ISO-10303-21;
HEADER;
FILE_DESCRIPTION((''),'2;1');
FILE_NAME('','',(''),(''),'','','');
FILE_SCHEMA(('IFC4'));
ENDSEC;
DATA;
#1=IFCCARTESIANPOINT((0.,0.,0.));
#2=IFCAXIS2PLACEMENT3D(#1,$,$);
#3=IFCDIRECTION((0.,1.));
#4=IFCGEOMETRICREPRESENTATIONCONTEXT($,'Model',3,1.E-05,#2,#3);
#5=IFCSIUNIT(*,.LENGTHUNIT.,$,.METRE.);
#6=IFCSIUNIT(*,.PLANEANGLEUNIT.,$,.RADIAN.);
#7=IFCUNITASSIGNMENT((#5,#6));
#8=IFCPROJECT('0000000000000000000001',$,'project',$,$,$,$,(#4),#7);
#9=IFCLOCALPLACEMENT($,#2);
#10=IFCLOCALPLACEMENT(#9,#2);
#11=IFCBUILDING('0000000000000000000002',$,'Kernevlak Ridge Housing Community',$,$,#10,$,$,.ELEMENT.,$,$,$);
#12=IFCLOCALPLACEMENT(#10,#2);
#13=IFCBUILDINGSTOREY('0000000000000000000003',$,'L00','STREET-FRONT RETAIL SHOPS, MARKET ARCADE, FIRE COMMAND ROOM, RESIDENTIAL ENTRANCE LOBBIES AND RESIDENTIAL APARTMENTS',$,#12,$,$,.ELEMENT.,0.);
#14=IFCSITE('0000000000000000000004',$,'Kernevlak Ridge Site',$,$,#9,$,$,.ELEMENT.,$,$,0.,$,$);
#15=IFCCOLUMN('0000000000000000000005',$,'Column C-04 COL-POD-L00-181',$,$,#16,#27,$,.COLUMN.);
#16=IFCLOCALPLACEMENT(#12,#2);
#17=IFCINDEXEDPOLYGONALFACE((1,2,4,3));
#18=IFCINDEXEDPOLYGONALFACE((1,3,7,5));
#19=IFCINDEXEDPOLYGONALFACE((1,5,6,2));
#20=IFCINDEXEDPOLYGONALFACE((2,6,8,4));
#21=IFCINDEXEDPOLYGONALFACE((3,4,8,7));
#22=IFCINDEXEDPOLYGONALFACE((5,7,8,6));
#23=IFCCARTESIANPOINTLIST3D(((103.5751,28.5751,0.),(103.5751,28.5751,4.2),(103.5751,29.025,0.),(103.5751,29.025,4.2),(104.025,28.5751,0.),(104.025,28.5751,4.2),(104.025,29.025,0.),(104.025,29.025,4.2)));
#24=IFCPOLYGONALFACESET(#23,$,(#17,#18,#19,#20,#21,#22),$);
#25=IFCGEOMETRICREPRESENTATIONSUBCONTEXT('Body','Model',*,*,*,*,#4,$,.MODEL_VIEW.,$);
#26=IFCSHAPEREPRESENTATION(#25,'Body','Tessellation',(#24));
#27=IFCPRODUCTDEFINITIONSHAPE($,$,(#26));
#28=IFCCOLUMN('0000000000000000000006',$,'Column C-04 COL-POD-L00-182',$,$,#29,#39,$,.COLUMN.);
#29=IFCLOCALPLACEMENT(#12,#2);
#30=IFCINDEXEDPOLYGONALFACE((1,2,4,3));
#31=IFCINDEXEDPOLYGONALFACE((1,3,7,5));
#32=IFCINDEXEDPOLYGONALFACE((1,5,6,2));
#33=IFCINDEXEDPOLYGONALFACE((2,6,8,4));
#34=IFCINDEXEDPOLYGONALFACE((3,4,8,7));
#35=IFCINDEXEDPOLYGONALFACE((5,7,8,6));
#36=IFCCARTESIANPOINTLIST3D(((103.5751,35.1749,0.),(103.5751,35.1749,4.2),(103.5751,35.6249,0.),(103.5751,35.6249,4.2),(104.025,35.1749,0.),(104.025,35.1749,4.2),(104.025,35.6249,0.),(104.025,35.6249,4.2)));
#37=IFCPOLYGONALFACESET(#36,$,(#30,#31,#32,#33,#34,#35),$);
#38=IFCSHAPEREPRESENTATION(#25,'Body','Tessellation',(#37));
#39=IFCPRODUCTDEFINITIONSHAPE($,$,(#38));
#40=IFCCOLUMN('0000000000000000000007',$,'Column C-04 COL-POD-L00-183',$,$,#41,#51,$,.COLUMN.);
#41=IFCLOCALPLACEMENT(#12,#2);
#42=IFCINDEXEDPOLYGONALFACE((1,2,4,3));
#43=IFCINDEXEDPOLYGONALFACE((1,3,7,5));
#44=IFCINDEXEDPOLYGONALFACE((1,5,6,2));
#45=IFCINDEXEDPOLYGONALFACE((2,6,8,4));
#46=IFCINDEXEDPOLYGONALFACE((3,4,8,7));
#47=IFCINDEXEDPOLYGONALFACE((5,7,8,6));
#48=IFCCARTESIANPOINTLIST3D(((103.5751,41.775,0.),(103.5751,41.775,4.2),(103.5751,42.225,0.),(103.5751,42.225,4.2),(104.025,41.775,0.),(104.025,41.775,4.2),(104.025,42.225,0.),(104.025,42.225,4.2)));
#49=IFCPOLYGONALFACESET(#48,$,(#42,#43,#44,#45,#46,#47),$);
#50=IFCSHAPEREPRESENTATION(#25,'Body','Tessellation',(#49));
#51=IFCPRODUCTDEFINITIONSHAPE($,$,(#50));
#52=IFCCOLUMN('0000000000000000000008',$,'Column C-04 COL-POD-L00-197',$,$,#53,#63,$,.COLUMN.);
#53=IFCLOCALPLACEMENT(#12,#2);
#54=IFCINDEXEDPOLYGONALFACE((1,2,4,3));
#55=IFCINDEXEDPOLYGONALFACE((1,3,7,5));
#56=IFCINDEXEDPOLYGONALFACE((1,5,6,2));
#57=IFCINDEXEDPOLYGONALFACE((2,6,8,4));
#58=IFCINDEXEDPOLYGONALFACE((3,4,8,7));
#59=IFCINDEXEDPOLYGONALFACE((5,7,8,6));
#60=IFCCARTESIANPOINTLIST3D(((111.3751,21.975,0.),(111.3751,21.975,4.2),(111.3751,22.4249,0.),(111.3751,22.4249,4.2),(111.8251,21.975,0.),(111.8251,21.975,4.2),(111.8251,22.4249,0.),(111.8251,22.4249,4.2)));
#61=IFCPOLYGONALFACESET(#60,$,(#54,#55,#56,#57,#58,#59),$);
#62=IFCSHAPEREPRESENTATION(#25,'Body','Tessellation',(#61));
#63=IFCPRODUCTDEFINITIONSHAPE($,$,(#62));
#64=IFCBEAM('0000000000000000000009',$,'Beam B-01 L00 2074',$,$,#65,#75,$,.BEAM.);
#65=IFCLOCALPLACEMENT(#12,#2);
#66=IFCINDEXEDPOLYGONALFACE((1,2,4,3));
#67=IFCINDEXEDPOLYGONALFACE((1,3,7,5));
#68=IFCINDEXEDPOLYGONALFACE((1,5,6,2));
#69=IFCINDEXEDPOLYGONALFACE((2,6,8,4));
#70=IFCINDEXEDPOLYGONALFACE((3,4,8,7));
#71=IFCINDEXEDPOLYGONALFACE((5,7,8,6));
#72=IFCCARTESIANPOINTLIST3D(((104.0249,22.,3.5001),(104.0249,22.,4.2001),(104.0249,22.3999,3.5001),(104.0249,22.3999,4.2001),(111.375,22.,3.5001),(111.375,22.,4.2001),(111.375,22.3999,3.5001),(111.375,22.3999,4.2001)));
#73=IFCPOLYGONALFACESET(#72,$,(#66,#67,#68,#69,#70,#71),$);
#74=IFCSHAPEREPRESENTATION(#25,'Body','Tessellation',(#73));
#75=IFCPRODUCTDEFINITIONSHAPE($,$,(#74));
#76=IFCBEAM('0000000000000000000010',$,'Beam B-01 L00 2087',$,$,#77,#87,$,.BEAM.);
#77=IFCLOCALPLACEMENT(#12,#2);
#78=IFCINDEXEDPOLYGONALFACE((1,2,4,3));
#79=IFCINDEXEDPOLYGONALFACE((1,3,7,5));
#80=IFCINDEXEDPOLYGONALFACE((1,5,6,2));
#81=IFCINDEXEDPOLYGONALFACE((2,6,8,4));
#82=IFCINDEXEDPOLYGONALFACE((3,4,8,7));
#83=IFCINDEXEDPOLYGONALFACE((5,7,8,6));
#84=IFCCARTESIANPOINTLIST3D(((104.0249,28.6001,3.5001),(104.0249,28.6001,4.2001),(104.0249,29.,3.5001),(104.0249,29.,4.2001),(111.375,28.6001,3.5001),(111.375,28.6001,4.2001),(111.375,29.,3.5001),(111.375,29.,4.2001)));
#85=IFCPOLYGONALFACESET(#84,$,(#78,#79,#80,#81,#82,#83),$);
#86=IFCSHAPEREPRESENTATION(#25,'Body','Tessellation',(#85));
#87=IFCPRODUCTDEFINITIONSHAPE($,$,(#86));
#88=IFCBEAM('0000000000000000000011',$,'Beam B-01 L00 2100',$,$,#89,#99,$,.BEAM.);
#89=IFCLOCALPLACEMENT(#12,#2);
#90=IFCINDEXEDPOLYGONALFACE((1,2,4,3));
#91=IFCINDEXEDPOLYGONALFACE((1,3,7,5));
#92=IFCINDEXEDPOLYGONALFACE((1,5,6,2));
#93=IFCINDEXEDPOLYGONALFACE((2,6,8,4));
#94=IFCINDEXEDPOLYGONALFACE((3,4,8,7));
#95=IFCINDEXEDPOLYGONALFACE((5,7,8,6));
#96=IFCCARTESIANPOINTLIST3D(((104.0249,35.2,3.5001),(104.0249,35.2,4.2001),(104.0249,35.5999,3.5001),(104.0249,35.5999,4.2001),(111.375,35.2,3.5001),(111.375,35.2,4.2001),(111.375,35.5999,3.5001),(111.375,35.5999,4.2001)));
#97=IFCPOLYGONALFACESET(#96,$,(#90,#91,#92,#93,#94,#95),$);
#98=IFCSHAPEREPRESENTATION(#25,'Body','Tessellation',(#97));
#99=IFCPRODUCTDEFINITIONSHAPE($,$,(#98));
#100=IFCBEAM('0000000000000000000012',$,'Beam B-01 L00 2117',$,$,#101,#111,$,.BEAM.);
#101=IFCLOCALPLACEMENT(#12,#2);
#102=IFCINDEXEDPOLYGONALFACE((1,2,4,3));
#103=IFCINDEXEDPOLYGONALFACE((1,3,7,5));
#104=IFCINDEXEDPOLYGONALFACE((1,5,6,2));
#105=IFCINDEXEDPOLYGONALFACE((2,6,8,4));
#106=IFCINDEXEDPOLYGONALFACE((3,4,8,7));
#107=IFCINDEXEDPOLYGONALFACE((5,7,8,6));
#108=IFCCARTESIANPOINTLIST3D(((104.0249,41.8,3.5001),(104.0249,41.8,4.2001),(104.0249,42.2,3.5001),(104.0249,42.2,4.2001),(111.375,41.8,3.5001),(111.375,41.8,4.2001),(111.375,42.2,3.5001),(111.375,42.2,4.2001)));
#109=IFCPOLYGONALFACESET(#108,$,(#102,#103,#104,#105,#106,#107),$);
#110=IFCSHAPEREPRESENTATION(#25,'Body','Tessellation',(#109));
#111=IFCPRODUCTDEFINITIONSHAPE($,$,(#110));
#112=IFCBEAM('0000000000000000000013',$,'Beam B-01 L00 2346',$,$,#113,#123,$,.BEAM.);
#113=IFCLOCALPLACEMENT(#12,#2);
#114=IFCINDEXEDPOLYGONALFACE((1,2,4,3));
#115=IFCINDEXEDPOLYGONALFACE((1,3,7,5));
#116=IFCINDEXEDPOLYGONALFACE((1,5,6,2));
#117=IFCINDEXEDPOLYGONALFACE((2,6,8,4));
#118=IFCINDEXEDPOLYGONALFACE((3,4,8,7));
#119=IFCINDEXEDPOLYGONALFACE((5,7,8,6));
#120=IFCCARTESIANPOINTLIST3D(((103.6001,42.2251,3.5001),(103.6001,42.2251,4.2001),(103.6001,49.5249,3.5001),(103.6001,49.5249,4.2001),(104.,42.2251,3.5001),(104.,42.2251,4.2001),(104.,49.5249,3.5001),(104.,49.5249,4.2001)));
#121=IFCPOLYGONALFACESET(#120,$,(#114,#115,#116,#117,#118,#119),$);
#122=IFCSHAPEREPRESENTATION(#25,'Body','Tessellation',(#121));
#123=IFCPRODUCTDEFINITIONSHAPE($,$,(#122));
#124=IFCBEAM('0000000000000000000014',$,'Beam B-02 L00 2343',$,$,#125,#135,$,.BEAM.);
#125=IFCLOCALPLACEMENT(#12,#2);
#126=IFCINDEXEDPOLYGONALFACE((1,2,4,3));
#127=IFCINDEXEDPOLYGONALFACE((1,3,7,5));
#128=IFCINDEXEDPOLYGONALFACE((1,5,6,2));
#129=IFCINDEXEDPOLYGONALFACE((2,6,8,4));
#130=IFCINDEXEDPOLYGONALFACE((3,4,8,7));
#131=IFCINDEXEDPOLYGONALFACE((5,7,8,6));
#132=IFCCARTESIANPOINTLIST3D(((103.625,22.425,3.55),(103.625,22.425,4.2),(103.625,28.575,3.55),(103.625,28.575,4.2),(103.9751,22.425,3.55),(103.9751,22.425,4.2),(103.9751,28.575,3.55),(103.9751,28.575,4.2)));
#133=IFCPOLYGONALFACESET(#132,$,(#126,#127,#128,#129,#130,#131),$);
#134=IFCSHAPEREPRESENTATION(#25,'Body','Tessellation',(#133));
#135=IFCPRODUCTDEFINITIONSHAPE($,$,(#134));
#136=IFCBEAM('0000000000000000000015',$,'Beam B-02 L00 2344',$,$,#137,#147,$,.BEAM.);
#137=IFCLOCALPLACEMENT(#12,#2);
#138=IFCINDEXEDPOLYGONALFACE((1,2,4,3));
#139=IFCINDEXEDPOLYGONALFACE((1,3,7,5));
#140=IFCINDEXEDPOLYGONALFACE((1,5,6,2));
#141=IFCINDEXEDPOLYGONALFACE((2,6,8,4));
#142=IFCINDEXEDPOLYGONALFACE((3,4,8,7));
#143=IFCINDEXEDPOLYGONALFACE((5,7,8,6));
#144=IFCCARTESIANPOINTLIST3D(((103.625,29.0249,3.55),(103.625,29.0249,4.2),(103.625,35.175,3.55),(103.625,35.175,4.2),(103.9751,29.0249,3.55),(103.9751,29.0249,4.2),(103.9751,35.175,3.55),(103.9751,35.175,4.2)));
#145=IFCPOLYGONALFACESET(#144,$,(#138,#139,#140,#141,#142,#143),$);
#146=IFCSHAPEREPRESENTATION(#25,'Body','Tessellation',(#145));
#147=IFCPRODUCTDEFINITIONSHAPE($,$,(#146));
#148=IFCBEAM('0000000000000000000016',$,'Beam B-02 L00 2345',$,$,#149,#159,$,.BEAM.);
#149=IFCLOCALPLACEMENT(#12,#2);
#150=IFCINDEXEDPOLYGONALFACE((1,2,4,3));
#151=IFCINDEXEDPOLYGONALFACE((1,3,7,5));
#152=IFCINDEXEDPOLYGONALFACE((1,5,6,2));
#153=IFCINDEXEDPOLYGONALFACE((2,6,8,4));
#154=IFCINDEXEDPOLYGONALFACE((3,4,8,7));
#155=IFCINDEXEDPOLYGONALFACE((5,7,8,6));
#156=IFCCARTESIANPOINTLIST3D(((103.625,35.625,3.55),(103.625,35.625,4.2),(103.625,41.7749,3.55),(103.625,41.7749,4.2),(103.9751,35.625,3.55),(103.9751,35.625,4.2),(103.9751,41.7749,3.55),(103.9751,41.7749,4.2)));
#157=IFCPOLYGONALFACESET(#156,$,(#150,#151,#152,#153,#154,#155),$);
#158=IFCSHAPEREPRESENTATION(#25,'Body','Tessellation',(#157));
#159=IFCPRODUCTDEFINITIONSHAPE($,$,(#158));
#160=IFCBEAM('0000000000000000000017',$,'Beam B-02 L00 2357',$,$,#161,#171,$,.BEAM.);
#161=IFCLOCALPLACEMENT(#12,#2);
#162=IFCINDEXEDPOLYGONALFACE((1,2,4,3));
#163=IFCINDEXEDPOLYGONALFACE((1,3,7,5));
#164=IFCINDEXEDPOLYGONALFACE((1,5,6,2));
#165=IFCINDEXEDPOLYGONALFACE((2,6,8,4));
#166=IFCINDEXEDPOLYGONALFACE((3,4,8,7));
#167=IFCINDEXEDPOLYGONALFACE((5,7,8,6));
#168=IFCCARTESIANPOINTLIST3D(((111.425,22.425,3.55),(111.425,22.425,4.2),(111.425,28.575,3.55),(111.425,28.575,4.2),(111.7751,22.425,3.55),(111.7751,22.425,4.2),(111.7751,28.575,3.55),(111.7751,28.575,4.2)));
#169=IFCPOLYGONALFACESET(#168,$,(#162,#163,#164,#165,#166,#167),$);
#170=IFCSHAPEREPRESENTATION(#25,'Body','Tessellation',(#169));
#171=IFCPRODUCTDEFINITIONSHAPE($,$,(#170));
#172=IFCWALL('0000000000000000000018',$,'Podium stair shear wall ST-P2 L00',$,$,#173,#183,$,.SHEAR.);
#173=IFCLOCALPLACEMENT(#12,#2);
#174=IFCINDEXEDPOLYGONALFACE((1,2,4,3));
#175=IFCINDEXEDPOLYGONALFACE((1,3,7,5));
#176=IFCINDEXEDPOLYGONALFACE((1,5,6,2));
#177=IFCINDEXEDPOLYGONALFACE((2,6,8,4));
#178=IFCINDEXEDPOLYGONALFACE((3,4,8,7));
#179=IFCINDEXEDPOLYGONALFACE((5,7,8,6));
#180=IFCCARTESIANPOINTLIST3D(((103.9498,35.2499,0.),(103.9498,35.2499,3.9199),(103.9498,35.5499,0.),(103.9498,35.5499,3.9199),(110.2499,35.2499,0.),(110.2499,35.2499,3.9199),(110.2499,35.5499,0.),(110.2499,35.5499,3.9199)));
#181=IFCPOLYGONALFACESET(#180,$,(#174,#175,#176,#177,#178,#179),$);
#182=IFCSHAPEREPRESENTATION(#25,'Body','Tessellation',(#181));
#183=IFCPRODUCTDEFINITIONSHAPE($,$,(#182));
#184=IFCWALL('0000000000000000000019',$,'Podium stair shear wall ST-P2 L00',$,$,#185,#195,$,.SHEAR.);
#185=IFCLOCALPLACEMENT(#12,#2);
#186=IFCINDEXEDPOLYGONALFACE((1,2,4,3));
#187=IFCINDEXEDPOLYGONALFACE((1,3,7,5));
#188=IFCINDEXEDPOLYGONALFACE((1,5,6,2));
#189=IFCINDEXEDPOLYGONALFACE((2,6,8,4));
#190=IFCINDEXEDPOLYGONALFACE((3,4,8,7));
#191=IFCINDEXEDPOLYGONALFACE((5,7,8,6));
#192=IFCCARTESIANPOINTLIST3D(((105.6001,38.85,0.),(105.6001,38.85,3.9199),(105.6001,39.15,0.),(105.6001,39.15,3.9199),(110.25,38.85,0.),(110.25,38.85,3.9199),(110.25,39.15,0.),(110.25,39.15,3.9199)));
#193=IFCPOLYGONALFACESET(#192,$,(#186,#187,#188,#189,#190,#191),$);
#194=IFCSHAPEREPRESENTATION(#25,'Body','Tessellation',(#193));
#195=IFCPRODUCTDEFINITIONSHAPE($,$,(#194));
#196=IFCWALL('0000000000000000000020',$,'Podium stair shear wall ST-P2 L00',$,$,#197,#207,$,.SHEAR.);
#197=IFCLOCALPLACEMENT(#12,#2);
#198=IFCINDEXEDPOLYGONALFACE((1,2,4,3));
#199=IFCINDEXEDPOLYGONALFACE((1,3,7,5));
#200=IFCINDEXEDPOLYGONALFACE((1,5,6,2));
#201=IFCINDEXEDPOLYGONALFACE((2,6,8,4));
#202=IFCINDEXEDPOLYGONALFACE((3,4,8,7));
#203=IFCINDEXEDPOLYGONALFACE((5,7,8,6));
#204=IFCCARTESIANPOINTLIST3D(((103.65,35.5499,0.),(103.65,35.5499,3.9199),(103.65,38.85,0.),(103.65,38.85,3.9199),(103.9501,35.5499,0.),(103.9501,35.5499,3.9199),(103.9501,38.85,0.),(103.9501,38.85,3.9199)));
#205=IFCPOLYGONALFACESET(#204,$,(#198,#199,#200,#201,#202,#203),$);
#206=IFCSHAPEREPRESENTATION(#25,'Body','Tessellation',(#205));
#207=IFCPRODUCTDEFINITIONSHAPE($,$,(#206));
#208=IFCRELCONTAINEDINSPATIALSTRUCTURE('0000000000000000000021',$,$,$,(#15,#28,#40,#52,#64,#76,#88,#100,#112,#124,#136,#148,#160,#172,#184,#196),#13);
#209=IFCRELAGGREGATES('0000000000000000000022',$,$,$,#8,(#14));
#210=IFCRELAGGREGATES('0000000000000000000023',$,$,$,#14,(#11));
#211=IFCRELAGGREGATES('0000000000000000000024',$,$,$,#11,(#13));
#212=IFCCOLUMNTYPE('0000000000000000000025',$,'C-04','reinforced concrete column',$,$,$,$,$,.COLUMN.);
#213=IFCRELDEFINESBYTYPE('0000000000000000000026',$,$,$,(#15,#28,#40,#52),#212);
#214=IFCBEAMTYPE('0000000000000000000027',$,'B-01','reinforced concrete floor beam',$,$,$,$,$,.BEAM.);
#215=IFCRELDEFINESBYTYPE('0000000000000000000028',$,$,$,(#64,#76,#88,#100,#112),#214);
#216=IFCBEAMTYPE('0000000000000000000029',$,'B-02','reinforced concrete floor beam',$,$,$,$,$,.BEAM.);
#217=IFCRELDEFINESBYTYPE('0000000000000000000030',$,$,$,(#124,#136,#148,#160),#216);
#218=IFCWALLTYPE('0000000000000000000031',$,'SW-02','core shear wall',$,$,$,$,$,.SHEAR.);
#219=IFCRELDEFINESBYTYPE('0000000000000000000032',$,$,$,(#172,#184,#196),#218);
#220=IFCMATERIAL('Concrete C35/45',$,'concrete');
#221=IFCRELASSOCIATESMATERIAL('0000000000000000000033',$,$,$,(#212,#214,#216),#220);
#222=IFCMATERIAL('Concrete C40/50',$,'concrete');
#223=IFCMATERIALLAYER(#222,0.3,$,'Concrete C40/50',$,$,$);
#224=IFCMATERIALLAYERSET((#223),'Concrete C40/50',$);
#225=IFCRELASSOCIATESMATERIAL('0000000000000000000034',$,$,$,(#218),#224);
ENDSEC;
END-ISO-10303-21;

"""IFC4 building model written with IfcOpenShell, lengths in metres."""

from ifc_helpers import new_model, si_unit, direction, frame, frame_2d, origin, origin_2d, place, context, subcontext, project, spatial, rectangle, extrude, material, layer, layer_set, material_profile, profile_set, type_object, element, save


model = new_model("IFC4")

# Units and contexts
model_context = context("Model", 3, precision=1e-05, world=origin(), true_north=direction((0.0, 1.0)))
body_context = subcontext(model_context, "Body", "Model", "MODEL_VIEW")
ifc_project = project(units=[si_unit("LENGTHUNIT", "METRE"), si_unit("PLANEANGLEUNIT", "RADIAN")], contexts=[model_context])

# Site, building, storey
site_placement = place(None, origin())
site = spatial("IfcSite", under=ifc_project, at=site_placement, Name="Kernevlak Ridge Site", CompositionType="ELEMENT", RefElevation=0.0)
building_placement = place(site_placement, origin())
building = spatial("IfcBuilding", under=site, at=building_placement, Name="Kernevlak Ridge Housing Community", CompositionType="ELEMENT")
storey_placement = place(building_placement, origin())
storey = spatial("IfcBuildingStorey", under=building, at=storey_placement, Name="L00", Description="STREET-FRONT RETAIL SHOPS, MARKET ARCADE, FIRE COMMAND ROOM, RESIDENTIAL ENTRANCE LOBBIES AND RESIDENTIAL APARTMENTS", CompositionType="ELEMENT", Elevation=0.0)

# Columns
ifc_material_1 = material(Name="Concrete C35/45", Category="concrete")
ifc_material_profile_1 = material_profile(ifc_material_1, rectangle(XDim=0.45, YDim=0.45, at=origin_2d()), Name="RC 450x450")
ifc_profile_set_1 = profile_set([ifc_material_profile_1], Name="Concrete C35/45")
column_type = type_object("IfcColumnType", Name="C-04", Description="reinforced concrete column", PredefinedType="COLUMN", material=ifc_profile_set_1)
for number, where, z_axis, x_axis, name in (
    (1, (103.8, 28.8, 0.0), (0.0, 0.0, 1.0), (1.0, 0.0, 0.0), "Column C-04 COL-POD-L00-181"),
    (2, (103.8, 35.3999, 0.0), (0.0, 0.0, 1.0), (1.0, 0.0, 0.0), "Column C-04 COL-POD-L00-182"),
    (3, (103.8, 42.0, 0.0), (0.0, 0.0, 1.0), (1.0, 0.0, 0.0), "Column C-04 COL-POD-L00-183"),
    (4, (111.6001, 22.2, 0.0), (0.0, 0.0, 1.0), (1.0, 0.0, 0.0), "Column C-04 COL-POD-L00-197"),
):
    element("IfcColumn", number, at=place(storey_placement, frame(where, z_axis=z_axis, x_axis=x_axis)), inside=storey, type_object=column_type, Name=name, PredefinedType="COLUMN", context=body_context, shape_type="SweptSolid", body=[
        extrude(rectangle(XDim=0.45, YDim=0.45, at=origin_2d()), origin(), (0.0, 0.0, 1.0), 4.2),
    ])

# Beams
ifc_material_profile_2 = material_profile(ifc_material_1, rectangle(XDim=0.3999, YDim=0.7, at=origin_2d()), Name="RC 400x700")
ifc_profile_set_2 = profile_set([ifc_material_profile_2], Name="Concrete C35/45")
beam_type_1 = type_object("IfcBeamType", Name="B-01", Description="reinforced concrete floor beam", PredefinedType="BEAM", material=ifc_profile_set_2)
for number, where, z_axis, x_axis, name in (
    (5, (104.0249, 22.2, 3.8501), (1.0, 0.0, 0.0), (0.0, 1.0, 0.0), "Beam B-01 L00 2074"),
    (6, (104.0249, 28.8, 3.8501), (1.0, 0.0, 0.0), (0.0, 1.0, 0.0), "Beam B-01 L00 2087"),
    (7, (104.0249, 35.3999, 3.8501), (1.0, 0.0, 0.0), (0.0, 1.0, 0.0), "Beam B-01 L00 2100"),
    (8, (104.0249, 42.0, 3.8501), (1.0, 0.0, 0.0), (0.0, 1.0, 0.0), "Beam B-01 L00 2117"),
):
    element("IfcBeam", number, at=place(storey_placement, frame(where, z_axis=z_axis, x_axis=x_axis)), inside=storey, type_object=beam_type_1, Name=name, PredefinedType="BEAM", context=body_context, shape_type="SweptSolid", body=[
        extrude(rectangle(XDim=0.3999, YDim=0.7, at=origin_2d()), origin(), (0.0, 0.0, 1.0), 7.3501),
    ])
beam_1_placement = place(storey_placement, frame((103.8, 42.2251, 3.8501), z_axis=(0.0, 1.0, 0.0), x_axis=(-1.0, 0.0, 0.0)))
element("IfcBeam", 9, at=beam_1_placement, inside=storey, type_object=beam_type_1, Name="Beam B-01 L00 2346", PredefinedType="BEAM", context=body_context, shape_type="SweptSolid", body=[
    extrude(rectangle(XDim=0.3999, YDim=0.7, at=origin_2d()), origin(), (0.0, 0.0, 1.0), 7.2998),
])
ifc_material_profile_3 = material_profile(ifc_material_1, rectangle(XDim=0.3501, YDim=0.6499, at=origin_2d()), Name="RC 350x650")
ifc_profile_set_3 = profile_set([ifc_material_profile_3], Name="Concrete C35/45")
beam_type_2 = type_object("IfcBeamType", Name="B-02", Description="reinforced concrete floor beam", PredefinedType="BEAM", material=ifc_profile_set_3)
beam_2_placement = place(storey_placement, frame((103.8, 22.425, 3.875), z_axis=(0.0, 1.0, 0.0), x_axis=(-1.0, 0.0, 0.0)))
element("IfcBeam", 10, at=beam_2_placement, inside=storey, type_object=beam_type_2, Name="Beam B-02 L00 2343", PredefinedType="BEAM", context=body_context, shape_type="SweptSolid", body=[
    extrude(rectangle(XDim=0.3501, YDim=0.6499, at=origin_2d()), origin(), (0.0, 0.0, 1.0), 6.1499),
])
beam_3_placement = place(storey_placement, frame((103.8, 29.0249, 3.875), z_axis=(0.0, 1.0, 0.0), x_axis=(-1.0, 0.0, 0.0)))
element("IfcBeam", 11, at=beam_3_placement, inside=storey, type_object=beam_type_2, Name="Beam B-02 L00 2344", PredefinedType="BEAM", context=body_context, shape_type="SweptSolid", body=[
    extrude(rectangle(XDim=0.3501, YDim=0.6499, at=origin_2d()), origin(), (0.0, 0.0, 1.0), 6.1501),
])
for number, where, z_axis, x_axis, name in (
    (12, (103.8, 35.625, 3.875), (0.0, 1.0, 0.0), (-1.0, 0.0, 0.0), "Beam B-02 L00 2345"),
    (13, (111.6001, 22.425, 3.875), (0.0, 1.0, 0.0), (-1.0, 0.0, 0.0), "Beam B-02 L00 2357"),
):
    element("IfcBeam", number, at=place(storey_placement, frame(where, z_axis=z_axis, x_axis=x_axis)), inside=storey, type_object=beam_type_2, Name=name, PredefinedType="BEAM", context=body_context, shape_type="SweptSolid", body=[
        extrude(rectangle(XDim=0.3501, YDim=0.6499, at=origin_2d()), origin(), (0.0, 0.0, 1.0), 6.1499),
    ])

# Walls
ifc_material_2 = material(Name="Concrete C40/50", Category="concrete")
ifc_layer_1 = layer(ifc_material_2, 0.3, Name="Concrete C40/50")
ifc_layer_set_1 = layer_set([ifc_layer_1], Name="Concrete C40/50")
wall_type_1 = type_object("IfcWallType", Name="SW-02", Description="core shear wall", PredefinedType="SHEAR", material=ifc_layer_set_1)
wall_1_placement = place(storey_placement, frame((103.95, 35.3999, 0.0), z_axis=(0.0, 0.0, 1.0), x_axis=(1.0, 0.0, 0.0)))
element("IfcWall", 14, at=wall_1_placement, inside=storey, type_object=wall_type_1, Name="Podium stair shear wall ST-P2 L00", PredefinedType="SHEAR", context=body_context, shape_type="SweptSolid", body=[
    extrude(rectangle(XDim=6.3, YDim=0.3, at=frame_2d((3.1499, 0.0))), origin(), (0.0, 0.0, 1.0), 3.9199),
])
wall_2_placement = place(storey_placement, frame((105.6001, 39.0, 0.0), z_axis=(0.0, 0.0, 1.0), x_axis=(1.0, 0.0, 0.0)))
element("IfcWall", 15, at=wall_2_placement, inside=storey, type_object=wall_type_1, Name="Podium stair shear wall ST-P2 L00", PredefinedType="SHEAR", context=body_context, shape_type="SweptSolid", body=[
    extrude(rectangle(XDim=4.6499, YDim=0.3, at=frame_2d((2.325, 0.0))), origin(), (0.0, 0.0, 1.0), 3.9199),
])
for number, where, z_axis, x_axis, name in (
    (16, (103.8, 35.55, 0.0), (0.0, 0.0, 1.0), (0.0, 1.0, 0.0), "Podium stair shear wall ST-P2 L00"),
):
    element("IfcWall", number, at=place(storey_placement, frame(where, z_axis=z_axis, x_axis=x_axis)), inside=storey, type_object=wall_type_1, Name=name, PredefinedType="SHEAR", context=body_context, shape_type="SweptSolid", body=[
        extrude(rectangle(XDim=3.3, YDim=0.3, at=frame_2d((1.6499, 0.0))), origin(), (0.0, 0.0, 1.0), 3.9199),
    ])

save(model, "model.ifc")
